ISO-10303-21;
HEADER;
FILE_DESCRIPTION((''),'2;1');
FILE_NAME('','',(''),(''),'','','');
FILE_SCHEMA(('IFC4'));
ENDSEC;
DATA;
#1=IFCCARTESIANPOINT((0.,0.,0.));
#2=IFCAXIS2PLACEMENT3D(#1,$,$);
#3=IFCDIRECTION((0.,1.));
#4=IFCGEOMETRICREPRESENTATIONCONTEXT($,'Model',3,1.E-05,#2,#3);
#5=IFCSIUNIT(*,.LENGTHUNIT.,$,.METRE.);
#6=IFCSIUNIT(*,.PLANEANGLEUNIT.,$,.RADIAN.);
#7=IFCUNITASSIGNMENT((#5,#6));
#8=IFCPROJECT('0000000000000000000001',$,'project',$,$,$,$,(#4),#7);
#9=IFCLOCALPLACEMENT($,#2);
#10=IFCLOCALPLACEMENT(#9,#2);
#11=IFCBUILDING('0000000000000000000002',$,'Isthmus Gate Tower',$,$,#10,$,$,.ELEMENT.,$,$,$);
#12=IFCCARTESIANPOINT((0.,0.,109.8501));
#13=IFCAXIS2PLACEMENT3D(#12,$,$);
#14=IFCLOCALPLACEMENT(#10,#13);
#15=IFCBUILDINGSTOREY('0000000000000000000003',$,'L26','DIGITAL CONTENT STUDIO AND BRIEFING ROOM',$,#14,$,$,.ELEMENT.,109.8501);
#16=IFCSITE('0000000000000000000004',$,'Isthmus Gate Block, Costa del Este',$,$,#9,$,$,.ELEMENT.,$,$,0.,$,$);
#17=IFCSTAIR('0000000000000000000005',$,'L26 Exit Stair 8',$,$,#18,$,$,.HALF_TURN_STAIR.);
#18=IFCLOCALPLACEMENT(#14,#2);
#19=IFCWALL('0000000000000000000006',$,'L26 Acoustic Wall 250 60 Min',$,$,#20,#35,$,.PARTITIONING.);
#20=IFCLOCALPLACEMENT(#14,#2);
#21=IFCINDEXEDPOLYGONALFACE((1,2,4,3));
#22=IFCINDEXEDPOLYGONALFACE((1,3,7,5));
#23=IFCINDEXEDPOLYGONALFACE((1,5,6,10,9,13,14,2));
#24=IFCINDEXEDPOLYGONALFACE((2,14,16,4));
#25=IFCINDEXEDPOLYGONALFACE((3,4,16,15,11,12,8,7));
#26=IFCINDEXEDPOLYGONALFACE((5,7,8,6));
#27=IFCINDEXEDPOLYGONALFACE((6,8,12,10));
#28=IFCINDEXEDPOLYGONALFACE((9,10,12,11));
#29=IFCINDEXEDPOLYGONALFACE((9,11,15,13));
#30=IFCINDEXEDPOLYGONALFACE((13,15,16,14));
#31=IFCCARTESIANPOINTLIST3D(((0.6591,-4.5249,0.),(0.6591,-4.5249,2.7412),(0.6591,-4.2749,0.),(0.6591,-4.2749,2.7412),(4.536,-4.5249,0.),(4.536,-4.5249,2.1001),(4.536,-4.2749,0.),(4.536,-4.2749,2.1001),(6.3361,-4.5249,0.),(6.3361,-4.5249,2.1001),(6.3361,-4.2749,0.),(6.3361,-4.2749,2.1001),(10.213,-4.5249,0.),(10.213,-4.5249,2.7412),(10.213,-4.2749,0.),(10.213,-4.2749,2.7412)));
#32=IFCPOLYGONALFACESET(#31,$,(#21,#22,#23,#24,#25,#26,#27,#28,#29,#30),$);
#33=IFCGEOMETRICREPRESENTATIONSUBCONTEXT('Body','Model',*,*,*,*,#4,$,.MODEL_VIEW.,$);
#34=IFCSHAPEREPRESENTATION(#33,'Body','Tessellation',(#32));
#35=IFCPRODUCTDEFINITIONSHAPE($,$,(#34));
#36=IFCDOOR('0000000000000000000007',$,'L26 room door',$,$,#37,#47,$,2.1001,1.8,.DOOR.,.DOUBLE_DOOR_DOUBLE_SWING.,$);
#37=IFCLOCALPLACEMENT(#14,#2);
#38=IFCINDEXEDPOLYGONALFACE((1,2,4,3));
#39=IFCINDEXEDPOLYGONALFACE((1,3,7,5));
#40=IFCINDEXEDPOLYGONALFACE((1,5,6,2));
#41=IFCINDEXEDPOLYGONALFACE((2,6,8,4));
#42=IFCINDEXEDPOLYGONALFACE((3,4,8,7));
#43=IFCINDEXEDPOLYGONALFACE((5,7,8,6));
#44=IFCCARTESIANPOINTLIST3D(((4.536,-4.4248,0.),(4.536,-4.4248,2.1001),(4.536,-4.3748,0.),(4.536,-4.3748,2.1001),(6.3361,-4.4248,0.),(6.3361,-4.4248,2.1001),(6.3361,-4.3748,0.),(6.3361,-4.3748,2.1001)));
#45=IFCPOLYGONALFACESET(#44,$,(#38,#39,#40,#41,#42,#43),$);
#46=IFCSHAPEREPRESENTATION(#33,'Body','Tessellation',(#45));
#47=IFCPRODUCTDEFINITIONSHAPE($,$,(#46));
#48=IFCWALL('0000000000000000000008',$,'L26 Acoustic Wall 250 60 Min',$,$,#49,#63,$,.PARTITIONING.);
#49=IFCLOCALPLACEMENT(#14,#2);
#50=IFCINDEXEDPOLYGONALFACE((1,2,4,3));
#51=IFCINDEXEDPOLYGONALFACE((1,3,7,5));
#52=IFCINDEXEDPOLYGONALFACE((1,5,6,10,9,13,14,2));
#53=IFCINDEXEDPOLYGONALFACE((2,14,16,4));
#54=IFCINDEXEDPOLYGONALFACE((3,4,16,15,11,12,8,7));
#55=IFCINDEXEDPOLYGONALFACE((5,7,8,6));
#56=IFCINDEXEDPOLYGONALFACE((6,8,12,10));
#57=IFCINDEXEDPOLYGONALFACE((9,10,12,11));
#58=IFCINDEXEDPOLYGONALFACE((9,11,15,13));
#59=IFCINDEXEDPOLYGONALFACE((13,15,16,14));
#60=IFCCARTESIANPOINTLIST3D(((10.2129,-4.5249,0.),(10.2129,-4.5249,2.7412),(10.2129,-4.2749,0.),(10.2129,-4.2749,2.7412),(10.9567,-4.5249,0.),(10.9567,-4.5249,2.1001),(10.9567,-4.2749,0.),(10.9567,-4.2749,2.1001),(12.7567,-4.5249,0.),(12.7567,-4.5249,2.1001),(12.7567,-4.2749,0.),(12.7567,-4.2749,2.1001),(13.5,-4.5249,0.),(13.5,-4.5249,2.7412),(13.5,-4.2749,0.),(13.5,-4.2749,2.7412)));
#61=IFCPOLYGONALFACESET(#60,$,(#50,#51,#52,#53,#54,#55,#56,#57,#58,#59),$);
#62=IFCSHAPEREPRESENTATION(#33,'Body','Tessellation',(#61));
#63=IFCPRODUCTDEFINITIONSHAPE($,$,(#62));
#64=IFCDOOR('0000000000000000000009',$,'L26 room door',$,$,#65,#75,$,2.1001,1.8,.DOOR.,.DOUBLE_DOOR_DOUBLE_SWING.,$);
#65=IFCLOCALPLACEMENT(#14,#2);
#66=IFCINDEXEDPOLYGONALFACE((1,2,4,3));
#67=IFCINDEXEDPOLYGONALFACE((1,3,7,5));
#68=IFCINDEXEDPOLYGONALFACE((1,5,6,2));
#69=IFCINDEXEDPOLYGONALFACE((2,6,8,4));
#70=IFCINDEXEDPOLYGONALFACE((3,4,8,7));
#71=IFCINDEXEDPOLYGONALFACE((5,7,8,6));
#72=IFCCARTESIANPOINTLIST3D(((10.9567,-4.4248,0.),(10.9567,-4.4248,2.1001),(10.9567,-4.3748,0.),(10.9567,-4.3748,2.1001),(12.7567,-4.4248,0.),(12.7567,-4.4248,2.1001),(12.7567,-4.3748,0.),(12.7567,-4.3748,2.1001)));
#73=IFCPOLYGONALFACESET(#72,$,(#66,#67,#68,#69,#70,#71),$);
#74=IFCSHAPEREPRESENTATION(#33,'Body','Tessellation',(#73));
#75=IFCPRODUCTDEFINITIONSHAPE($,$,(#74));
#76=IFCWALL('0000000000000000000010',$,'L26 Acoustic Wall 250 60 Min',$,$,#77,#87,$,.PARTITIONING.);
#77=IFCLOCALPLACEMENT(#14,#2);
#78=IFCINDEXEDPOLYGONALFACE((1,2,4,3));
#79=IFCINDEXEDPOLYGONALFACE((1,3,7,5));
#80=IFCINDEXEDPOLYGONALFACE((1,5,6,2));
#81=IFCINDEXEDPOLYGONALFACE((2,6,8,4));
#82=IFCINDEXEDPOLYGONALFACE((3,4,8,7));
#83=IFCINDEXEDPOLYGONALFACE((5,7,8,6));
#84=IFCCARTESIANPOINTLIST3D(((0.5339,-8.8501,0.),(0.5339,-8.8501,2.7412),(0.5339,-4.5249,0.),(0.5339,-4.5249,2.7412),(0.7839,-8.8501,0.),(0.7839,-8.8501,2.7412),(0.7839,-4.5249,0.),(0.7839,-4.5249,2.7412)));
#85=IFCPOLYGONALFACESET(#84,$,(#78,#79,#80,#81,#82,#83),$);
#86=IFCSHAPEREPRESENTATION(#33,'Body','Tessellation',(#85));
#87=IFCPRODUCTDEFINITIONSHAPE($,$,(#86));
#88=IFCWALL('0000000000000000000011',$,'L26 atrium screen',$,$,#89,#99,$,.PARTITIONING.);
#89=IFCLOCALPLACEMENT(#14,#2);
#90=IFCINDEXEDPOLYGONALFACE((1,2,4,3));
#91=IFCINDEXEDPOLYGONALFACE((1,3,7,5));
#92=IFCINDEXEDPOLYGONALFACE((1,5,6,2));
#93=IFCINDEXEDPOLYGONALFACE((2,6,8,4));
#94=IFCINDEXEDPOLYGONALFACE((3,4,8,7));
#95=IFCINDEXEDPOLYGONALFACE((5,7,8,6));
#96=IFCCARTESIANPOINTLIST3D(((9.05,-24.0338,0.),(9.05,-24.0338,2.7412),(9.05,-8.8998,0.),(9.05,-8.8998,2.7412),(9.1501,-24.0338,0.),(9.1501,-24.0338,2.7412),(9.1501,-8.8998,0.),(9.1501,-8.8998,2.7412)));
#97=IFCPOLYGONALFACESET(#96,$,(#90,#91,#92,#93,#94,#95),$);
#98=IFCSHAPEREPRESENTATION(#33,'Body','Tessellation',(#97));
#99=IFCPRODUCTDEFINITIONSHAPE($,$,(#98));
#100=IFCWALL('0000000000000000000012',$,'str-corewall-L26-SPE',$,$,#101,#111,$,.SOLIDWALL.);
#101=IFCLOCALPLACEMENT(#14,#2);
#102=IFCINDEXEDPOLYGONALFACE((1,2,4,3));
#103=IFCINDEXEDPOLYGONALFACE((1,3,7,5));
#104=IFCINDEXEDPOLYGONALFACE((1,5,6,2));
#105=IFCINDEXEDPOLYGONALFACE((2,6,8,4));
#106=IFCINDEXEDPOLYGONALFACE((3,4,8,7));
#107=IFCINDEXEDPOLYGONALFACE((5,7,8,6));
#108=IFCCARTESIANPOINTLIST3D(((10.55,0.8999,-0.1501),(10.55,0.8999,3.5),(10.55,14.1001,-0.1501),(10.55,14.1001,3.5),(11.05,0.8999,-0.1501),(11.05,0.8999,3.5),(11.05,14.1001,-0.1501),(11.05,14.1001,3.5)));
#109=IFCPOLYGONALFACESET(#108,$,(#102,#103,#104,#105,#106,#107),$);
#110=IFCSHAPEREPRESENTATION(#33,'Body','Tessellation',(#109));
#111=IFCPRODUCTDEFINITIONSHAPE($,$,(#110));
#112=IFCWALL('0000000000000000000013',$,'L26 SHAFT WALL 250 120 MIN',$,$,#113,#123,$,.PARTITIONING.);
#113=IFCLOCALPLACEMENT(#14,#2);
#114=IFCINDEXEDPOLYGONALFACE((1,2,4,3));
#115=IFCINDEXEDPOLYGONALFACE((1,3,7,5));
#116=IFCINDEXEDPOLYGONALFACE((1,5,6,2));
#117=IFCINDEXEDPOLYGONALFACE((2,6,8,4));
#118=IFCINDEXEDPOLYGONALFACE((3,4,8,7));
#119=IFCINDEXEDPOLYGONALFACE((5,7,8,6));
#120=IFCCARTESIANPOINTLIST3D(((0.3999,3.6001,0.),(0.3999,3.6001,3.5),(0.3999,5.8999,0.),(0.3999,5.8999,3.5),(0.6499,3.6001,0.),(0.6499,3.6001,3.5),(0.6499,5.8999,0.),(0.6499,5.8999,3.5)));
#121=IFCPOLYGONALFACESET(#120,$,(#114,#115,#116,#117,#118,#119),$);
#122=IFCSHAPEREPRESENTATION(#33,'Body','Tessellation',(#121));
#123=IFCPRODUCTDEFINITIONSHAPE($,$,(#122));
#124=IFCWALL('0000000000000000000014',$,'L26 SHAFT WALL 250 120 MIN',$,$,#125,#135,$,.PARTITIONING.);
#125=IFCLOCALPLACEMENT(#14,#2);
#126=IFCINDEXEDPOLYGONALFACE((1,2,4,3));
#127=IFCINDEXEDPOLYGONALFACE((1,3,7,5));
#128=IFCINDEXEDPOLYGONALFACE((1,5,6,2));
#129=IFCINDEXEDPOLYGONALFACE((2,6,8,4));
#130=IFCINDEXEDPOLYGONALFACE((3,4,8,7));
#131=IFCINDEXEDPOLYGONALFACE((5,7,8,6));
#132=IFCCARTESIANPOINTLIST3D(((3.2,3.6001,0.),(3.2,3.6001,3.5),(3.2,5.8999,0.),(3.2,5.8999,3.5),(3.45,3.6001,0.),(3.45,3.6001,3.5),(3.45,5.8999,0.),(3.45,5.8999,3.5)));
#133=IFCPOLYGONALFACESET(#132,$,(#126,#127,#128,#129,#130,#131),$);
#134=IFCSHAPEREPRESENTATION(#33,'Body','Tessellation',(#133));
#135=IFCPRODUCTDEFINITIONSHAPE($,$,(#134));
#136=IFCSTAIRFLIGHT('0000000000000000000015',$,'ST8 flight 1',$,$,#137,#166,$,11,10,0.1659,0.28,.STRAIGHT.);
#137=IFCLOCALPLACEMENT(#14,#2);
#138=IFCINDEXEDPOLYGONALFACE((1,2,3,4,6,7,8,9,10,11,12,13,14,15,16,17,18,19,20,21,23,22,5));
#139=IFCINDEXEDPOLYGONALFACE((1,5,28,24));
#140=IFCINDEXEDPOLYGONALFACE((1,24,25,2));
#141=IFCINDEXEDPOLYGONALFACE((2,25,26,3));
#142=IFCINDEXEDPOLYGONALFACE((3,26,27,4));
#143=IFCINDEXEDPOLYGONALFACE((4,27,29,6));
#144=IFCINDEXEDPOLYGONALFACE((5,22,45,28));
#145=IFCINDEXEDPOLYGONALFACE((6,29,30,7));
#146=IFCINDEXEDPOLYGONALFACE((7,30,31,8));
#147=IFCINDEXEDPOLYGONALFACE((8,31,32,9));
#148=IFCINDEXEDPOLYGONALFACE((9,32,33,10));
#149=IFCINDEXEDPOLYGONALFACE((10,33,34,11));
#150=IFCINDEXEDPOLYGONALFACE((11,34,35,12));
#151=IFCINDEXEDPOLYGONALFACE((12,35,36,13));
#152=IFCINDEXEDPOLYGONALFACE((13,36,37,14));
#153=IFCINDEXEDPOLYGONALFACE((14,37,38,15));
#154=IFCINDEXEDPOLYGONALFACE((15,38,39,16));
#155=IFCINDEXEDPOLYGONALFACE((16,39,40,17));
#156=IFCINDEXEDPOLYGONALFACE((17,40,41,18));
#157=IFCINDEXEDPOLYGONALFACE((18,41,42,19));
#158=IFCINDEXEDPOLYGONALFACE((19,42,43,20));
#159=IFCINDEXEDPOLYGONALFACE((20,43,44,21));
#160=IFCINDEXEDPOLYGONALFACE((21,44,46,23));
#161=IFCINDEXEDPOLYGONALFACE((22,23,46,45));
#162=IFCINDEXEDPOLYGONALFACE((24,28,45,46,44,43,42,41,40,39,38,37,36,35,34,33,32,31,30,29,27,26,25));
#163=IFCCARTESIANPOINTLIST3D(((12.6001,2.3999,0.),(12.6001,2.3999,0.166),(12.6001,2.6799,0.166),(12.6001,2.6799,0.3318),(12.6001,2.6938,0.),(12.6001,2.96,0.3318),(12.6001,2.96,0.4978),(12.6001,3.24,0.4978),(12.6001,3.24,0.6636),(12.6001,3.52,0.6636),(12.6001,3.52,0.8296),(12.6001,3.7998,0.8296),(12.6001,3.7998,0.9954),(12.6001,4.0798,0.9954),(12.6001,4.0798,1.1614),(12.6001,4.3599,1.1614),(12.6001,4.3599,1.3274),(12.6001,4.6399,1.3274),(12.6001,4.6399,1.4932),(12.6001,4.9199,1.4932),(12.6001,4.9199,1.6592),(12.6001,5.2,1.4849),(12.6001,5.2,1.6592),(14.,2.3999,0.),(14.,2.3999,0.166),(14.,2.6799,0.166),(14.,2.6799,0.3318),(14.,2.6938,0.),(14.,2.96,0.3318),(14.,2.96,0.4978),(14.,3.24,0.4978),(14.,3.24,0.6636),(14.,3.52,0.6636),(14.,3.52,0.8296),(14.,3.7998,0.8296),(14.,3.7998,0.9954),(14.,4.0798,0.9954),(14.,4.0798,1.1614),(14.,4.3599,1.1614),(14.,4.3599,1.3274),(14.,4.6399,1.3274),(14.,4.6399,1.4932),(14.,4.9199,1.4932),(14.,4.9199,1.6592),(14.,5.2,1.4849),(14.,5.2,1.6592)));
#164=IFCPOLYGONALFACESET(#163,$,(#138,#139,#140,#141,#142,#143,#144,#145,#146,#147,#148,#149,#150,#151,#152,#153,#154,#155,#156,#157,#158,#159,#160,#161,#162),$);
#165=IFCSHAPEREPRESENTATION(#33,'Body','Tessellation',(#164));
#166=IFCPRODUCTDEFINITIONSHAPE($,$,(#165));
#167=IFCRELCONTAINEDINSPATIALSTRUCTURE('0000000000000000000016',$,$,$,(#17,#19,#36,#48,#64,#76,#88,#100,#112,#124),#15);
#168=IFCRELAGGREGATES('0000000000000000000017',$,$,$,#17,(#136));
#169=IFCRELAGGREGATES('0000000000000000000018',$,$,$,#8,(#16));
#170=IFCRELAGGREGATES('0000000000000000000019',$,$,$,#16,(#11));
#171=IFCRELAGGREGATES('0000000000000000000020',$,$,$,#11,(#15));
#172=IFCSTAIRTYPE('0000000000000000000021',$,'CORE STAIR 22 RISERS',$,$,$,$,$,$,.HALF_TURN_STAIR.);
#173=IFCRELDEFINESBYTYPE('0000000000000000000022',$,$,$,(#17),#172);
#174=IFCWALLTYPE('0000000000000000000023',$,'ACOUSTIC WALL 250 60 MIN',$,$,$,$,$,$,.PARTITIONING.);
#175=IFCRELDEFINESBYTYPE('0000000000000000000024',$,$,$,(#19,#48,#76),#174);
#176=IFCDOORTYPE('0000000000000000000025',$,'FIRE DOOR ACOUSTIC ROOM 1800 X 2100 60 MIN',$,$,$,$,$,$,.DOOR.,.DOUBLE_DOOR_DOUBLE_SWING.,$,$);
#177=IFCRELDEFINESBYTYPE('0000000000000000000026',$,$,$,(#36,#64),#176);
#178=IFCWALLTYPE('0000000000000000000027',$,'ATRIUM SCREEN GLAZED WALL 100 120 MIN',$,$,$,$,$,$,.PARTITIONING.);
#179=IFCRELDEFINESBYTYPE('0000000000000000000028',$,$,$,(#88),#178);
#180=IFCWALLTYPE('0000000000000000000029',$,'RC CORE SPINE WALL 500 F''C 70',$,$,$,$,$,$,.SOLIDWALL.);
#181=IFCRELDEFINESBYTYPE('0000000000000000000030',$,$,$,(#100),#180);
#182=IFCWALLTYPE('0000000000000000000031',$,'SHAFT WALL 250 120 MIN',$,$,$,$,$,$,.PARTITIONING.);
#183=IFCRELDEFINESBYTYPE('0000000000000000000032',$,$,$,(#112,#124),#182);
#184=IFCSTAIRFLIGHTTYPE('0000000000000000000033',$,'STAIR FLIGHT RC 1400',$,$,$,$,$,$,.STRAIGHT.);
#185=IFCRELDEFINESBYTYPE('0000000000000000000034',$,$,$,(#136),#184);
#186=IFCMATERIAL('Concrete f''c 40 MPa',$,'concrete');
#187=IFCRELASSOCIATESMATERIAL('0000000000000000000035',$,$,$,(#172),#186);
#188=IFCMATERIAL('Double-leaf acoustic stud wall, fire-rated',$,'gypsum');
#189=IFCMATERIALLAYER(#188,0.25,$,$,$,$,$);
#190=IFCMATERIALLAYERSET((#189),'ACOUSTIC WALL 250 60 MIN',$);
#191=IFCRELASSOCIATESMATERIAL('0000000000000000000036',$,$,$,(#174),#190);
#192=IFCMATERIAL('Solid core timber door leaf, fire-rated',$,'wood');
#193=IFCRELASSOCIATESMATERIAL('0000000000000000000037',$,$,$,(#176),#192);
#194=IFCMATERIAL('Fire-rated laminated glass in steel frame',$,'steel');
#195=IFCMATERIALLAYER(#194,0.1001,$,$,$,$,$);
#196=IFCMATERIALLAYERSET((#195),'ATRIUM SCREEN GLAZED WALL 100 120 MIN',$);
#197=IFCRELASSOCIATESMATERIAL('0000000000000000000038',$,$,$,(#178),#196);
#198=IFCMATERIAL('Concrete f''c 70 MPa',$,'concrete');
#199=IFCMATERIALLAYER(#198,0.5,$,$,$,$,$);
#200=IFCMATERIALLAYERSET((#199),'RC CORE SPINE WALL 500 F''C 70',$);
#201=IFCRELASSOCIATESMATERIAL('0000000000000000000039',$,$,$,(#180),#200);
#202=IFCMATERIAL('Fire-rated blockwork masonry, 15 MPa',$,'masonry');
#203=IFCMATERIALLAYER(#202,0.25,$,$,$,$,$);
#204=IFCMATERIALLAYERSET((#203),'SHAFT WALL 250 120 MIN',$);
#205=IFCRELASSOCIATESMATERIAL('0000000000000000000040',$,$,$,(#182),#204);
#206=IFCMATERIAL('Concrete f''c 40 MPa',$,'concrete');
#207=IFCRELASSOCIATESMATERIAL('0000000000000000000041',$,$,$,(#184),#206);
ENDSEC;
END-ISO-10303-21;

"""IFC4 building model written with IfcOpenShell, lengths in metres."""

from ifc_helpers import new_model, si_unit, direction, frame, frame_2d, origin, place, context, subcontext, project, spatial, polyline, rectangle, outline, extrude, material, layer, layer_set, type_object, element, fill, aggregate, save


model = new_model("IFC4")

# Units and contexts
model_context = context("Model", 3, precision=1e-05, world=origin(), true_north=direction((0.0, 1.0)))
body_context = subcontext(model_context, "Body", "Model", "MODEL_VIEW")
ifc_project = project(units=[si_unit("LENGTHUNIT", "METRE"), si_unit("PLANEANGLEUNIT", "RADIAN")], contexts=[model_context])

# Site, building, storey
site_placement = place(None, origin())
site = spatial("IfcSite", under=ifc_project, at=site_placement, Name="Isthmus Gate Block, Costa del Este", CompositionType="ELEMENT", RefElevation=0.0)
building_placement = place(site_placement, origin())
building = spatial("IfcBuilding", under=site, at=building_placement, Name="Isthmus Gate Tower", CompositionType="ELEMENT")
storey_placement = place(building_placement, frame((0.0, 0.0, 109.8501)))
storey = spatial("IfcBuildingStorey", under=building, at=storey_placement, Name="L26", Description="DIGITAL CONTENT STUDIO AND BRIEFING ROOM", CompositionType="ELEMENT", Elevation=109.8501)

# Stair
ifc_material_1 = material(Name="Concrete f'c 40 MPa", Category="concrete")
stair_type = type_object("IfcStairType", Name="CORE STAIR 22 RISERS", PredefinedType="HALF_TURN_STAIR", material=ifc_material_1)
stair_1_placement = place(storey_placement, origin())
stair_1 = element("IfcStair", 1, at=stair_1_placement, inside=storey, type_object=stair_type, Name="L26 Exit Stair 8", PredefinedType="HALF_TURN_STAIR")

# Walls, openings, doors
ifc_material_2 = material(Name="Double-leaf acoustic stud wall, fire-rated", Category="gypsum")
ifc_layer_1 = layer(ifc_material_2, 0.25)
ifc_layer_set_1 = layer_set([ifc_layer_1], Name="ACOUSTIC WALL 250 60 MIN")
wall_type_1 = type_object("IfcWallType", Name="ACOUSTIC WALL 250 60 MIN", PredefinedType="PARTITIONING", material=ifc_layer_set_1)
ifc_material_3 = material(Name="Solid core timber door leaf, fire-rated", Category="wood")
door_type = type_object("IfcDoorType", Name="FIRE DOOR ACOUSTIC ROOM 1800 X 2100 60 MIN", OperationType="DOUBLE_DOOR_DOUBLE_SWING", PredefinedType="DOOR", material=ifc_material_3)
wall_1_placement = place(storey_placement, frame((10.2129, -4.3999, 0.0), z_axis=(0.0, 0.0, 1.0), x_axis=(-1.0, 0.0, 0.0)))
wall_1 = element("IfcWall", 2, at=wall_1_placement, inside=storey, type_object=wall_type_1, Name="L26 Acoustic Wall 250 60 Min", PredefinedType="PARTITIONING", context=body_context, shape_type="SweptSolid", body=[
    extrude(rectangle(XDim=9.554, YDim=0.25, at=frame_2d((4.7769, 0.0))), origin(), (0.0, 0.0, 1.0), 2.7412),
])
opening_1_placement = place(wall_1_placement, frame((3.877, 0.0, 0.0)))
opening_1 = element("IfcOpeningElement", 3, at=opening_1_placement, cuts=wall_1, PredefinedType="OPENING", context=body_context, shape_type="SweptSolid", body=[
    extrude(rectangle(XDim=1.8, YDim=2.1001, at=frame_2d((0.8999, 1.05))), frame((0.0, 0.135, 0.0), z_axis=(0.0, -1.0, 0.0), x_axis=(1.0, 0.0, 0.0)), (0.0, 0.0, 1.0), 0.27),
])
door_1_placement = place(opening_1_placement, origin())
door_1 = element("IfcDoor", 4, at=door_1_placement, inside=storey, type_object=door_type, Name="L26 room door", OperationType="DOUBLE_DOOR_DOUBLE_SWING", OverallHeight=2.1001, OverallWidth=1.8, PredefinedType="DOOR", context=body_context, shape_type="SweptSolid", body=[
    extrude(rectangle(XDim=1.8, YDim=2.1001, at=frame_2d((0.8999, 1.05))), frame((0.0, 0.0249, 0.0), z_axis=(0.0, -1.0, 0.0), x_axis=(1.0, 0.0, 0.0)), (0.0, 0.0, 1.0), 0.05),
])
fill(opening_1, door_1)
wall_2_placement = place(storey_placement, frame((13.5, -4.3999, 0.0), z_axis=(0.0, 0.0, 1.0), x_axis=(-1.0, 0.0, 0.0)))
wall_2 = element("IfcWall", 5, at=wall_2_placement, inside=storey, type_object=wall_type_1, Name="L26 Acoustic Wall 250 60 Min", PredefinedType="PARTITIONING", context=body_context, shape_type="SweptSolid", body=[
    extrude(rectangle(XDim=3.2871, YDim=0.25, at=frame_2d((1.6436, 0.0))), origin(), (0.0, 0.0, 1.0), 2.7412),
])
opening_2_placement = place(wall_2_placement, frame((0.7434, 0.0, 0.0)))
opening_2 = element("IfcOpeningElement", 6, at=opening_2_placement, cuts=wall_2, PredefinedType="OPENING", context=body_context, shape_type="SweptSolid", body=[
    extrude(rectangle(XDim=1.8, YDim=2.1001, at=frame_2d((0.8999, 1.05))), frame((0.0, 0.135, 0.0), z_axis=(0.0, -1.0, 0.0), x_axis=(1.0, 0.0, 0.0)), (0.0, 0.0, 1.0), 0.27),
])
door_2_placement = place(opening_2_placement, origin())
door_2 = element("IfcDoor", 7, at=door_2_placement, inside=storey, type_object=door_type, Name="L26 room door", OperationType="DOUBLE_DOOR_DOUBLE_SWING", OverallHeight=2.1001, OverallWidth=1.8, PredefinedType="DOOR", context=body_context, shape_type="SweptSolid", body=[
    extrude(rectangle(XDim=1.8, YDim=2.1001, at=frame_2d((0.8999, 1.05))), frame((0.0, 0.0249, 0.0), z_axis=(0.0, -1.0, 0.0), x_axis=(1.0, 0.0, 0.0)), (0.0, 0.0, 1.0), 0.05),
])
fill(opening_2, door_2)

# Walls
wall_3_placement = place(storey_placement, frame((0.6589, -8.8501, 0.0), z_axis=(0.0, 0.0, 1.0), x_axis=(0.0, 1.0, 0.0)))
element("IfcWall", 8, at=wall_3_placement, inside=storey, type_object=wall_type_1, Name="L26 Acoustic Wall 250 60 Min", PredefinedType="PARTITIONING", context=body_context, shape_type="SweptSolid", body=[
    extrude(rectangle(XDim=4.3252, YDim=0.25, at=frame_2d((2.1626, 0.0))), origin(), (0.0, 0.0, 1.0), 2.7412),
])
ifc_material_4 = material(Name="Fire-rated laminated glass in steel frame", Category="steel")
ifc_layer_2 = layer(ifc_material_4, 0.1001)
ifc_layer_set_2 = layer_set([ifc_layer_2], Name="ATRIUM SCREEN GLAZED WALL 100 120 MIN")
wall_type_2 = type_object("IfcWallType", Name="ATRIUM SCREEN GLAZED WALL 100 120 MIN", PredefinedType="PARTITIONING", material=ifc_layer_set_2)
wall_4_placement = place(storey_placement, frame((9.1001, -8.8999, 0.0), z_axis=(0.0, 0.0, 1.0), x_axis=(0.0, -1.0, 0.0)))
element("IfcWall", 9, at=wall_4_placement, inside=storey, type_object=wall_type_2, Name="L26 atrium screen", PredefinedType="PARTITIONING", context=body_context, shape_type="SweptSolid", body=[
    extrude(rectangle(XDim=15.134, YDim=0.1001, at=frame_2d((7.5669, 0.0))), origin(), (0.0, 0.0, 1.0), 2.7412),
])
ifc_material_5 = material(Name="Concrete f'c 70 MPa", Category="concrete")
ifc_layer_3 = layer(ifc_material_5, 0.5)
ifc_layer_set_3 = layer_set([ifc_layer_3], Name="RC CORE SPINE WALL 500 F'C 70")
wall_type_3 = type_object("IfcWallType", Name="RC CORE SPINE WALL 500 F'C 70", PredefinedType="SOLIDWALL", material=ifc_layer_set_3)
wall_5_placement = place(storey_placement, frame((10.8, 0.8999, -0.1501), z_axis=(0.0, 0.0, 1.0), x_axis=(0.0, 1.0, 0.0)))
element("IfcWall", 10, at=wall_5_placement, inside=storey, type_object=wall_type_3, Name="str-corewall-L26-SPE", PredefinedType="SOLIDWALL", context=body_context, shape_type="SweptSolid", body=[
    extrude(rectangle(XDim=13.2002, YDim=0.5, at=frame_2d((6.6001, 0.0))), origin(), (0.0, 0.0, 1.0), 3.6501),
])
ifc_material_6 = material(Name="Fire-rated blockwork masonry, 15 MPa", Category="masonry")
ifc_layer_4 = layer(ifc_material_6, 0.25)
ifc_layer_set_4 = layer_set([ifc_layer_4], Name="SHAFT WALL 250 120 MIN")
wall_type_4 = type_object("IfcWallType", Name="SHAFT WALL 250 120 MIN", PredefinedType="PARTITIONING", material=ifc_layer_set_4)
for number, where, z_axis, x_axis, name in (
    (11, (0.5249, 3.6001, 0.0), (0.0, 0.0, 1.0), (0.0, 1.0, 0.0), "L26 SHAFT WALL 250 120 MIN"),
    (12, (3.325, 3.6001, 0.0), (0.0, 0.0, 1.0), (0.0, 1.0, 0.0), "L26 SHAFT WALL 250 120 MIN"),
):
    element("IfcWall", number, at=place(storey_placement, frame(where, z_axis=z_axis, x_axis=x_axis)), inside=storey, type_object=wall_type_4, Name=name, PredefinedType="PARTITIONING", context=body_context, shape_type="SweptSolid", body=[
        extrude(rectangle(XDim=2.2998, YDim=0.25, at=frame_2d((1.1499, 0.0))), origin(), (0.0, 0.0, 1.0), 3.5),
    ])

# Stair flight
ifc_material_7 = material(Name="Concrete f'c 40 MPa", Category="concrete")
stair_flight_type = type_object("IfcStairFlightType", Name="STAIR FLIGHT RC 1400", PredefinedType="STRAIGHT", material=ifc_material_7)
stair_flight_placement = place(storey_placement, frame((13.3, 2.3999, 0.0), z_axis=(0.0, 0.0, 1.0), x_axis=(0.0, 1.0, 0.0)))
stair_flight = element("IfcStairFlight", 13, at=stair_flight_placement, type_object=stair_flight_type, Name="ST8 flight 1", NumberOfRisers=11, NumberOfTreads=10, PredefinedType="STRAIGHT", RiserHeight=0.1659, TreadLength=0.28, context=body_context, shape_type="SweptSolid", body=[
    extrude(outline(polyline([(0.0, 0.0), (0.0, 0.166), (0.28, 0.166), (0.28, 0.3318), (0.5601, 0.3318), (0.5601, 0.4978), (0.8401, 0.4978), (0.8401, 0.6636), (1.1201, 0.6636), (1.1201, 0.8296), (1.3999, 0.8296), (1.3999, 0.9954), (1.6799, 0.9954), (1.6799, 1.1614), (1.96, 1.1614), (1.96, 1.3274), (2.24, 1.3274), (2.24, 1.4932), (2.52, 1.4932), (2.52, 1.6592), (2.8, 1.6592), (2.8, 1.825), (2.8, 1.4849), (0.2939, 0.0), (0.0, 0.0)])), frame((0.0, 0.7, 0.0), z_axis=(0.0, -1.0, 0.0), x_axis=(1.0, 0.0, 0.0)), (0.0, 0.0, 1.0), 1.3999),
])
aggregate(stair_1, [stair_flight])

save(model, "model.ifc")
